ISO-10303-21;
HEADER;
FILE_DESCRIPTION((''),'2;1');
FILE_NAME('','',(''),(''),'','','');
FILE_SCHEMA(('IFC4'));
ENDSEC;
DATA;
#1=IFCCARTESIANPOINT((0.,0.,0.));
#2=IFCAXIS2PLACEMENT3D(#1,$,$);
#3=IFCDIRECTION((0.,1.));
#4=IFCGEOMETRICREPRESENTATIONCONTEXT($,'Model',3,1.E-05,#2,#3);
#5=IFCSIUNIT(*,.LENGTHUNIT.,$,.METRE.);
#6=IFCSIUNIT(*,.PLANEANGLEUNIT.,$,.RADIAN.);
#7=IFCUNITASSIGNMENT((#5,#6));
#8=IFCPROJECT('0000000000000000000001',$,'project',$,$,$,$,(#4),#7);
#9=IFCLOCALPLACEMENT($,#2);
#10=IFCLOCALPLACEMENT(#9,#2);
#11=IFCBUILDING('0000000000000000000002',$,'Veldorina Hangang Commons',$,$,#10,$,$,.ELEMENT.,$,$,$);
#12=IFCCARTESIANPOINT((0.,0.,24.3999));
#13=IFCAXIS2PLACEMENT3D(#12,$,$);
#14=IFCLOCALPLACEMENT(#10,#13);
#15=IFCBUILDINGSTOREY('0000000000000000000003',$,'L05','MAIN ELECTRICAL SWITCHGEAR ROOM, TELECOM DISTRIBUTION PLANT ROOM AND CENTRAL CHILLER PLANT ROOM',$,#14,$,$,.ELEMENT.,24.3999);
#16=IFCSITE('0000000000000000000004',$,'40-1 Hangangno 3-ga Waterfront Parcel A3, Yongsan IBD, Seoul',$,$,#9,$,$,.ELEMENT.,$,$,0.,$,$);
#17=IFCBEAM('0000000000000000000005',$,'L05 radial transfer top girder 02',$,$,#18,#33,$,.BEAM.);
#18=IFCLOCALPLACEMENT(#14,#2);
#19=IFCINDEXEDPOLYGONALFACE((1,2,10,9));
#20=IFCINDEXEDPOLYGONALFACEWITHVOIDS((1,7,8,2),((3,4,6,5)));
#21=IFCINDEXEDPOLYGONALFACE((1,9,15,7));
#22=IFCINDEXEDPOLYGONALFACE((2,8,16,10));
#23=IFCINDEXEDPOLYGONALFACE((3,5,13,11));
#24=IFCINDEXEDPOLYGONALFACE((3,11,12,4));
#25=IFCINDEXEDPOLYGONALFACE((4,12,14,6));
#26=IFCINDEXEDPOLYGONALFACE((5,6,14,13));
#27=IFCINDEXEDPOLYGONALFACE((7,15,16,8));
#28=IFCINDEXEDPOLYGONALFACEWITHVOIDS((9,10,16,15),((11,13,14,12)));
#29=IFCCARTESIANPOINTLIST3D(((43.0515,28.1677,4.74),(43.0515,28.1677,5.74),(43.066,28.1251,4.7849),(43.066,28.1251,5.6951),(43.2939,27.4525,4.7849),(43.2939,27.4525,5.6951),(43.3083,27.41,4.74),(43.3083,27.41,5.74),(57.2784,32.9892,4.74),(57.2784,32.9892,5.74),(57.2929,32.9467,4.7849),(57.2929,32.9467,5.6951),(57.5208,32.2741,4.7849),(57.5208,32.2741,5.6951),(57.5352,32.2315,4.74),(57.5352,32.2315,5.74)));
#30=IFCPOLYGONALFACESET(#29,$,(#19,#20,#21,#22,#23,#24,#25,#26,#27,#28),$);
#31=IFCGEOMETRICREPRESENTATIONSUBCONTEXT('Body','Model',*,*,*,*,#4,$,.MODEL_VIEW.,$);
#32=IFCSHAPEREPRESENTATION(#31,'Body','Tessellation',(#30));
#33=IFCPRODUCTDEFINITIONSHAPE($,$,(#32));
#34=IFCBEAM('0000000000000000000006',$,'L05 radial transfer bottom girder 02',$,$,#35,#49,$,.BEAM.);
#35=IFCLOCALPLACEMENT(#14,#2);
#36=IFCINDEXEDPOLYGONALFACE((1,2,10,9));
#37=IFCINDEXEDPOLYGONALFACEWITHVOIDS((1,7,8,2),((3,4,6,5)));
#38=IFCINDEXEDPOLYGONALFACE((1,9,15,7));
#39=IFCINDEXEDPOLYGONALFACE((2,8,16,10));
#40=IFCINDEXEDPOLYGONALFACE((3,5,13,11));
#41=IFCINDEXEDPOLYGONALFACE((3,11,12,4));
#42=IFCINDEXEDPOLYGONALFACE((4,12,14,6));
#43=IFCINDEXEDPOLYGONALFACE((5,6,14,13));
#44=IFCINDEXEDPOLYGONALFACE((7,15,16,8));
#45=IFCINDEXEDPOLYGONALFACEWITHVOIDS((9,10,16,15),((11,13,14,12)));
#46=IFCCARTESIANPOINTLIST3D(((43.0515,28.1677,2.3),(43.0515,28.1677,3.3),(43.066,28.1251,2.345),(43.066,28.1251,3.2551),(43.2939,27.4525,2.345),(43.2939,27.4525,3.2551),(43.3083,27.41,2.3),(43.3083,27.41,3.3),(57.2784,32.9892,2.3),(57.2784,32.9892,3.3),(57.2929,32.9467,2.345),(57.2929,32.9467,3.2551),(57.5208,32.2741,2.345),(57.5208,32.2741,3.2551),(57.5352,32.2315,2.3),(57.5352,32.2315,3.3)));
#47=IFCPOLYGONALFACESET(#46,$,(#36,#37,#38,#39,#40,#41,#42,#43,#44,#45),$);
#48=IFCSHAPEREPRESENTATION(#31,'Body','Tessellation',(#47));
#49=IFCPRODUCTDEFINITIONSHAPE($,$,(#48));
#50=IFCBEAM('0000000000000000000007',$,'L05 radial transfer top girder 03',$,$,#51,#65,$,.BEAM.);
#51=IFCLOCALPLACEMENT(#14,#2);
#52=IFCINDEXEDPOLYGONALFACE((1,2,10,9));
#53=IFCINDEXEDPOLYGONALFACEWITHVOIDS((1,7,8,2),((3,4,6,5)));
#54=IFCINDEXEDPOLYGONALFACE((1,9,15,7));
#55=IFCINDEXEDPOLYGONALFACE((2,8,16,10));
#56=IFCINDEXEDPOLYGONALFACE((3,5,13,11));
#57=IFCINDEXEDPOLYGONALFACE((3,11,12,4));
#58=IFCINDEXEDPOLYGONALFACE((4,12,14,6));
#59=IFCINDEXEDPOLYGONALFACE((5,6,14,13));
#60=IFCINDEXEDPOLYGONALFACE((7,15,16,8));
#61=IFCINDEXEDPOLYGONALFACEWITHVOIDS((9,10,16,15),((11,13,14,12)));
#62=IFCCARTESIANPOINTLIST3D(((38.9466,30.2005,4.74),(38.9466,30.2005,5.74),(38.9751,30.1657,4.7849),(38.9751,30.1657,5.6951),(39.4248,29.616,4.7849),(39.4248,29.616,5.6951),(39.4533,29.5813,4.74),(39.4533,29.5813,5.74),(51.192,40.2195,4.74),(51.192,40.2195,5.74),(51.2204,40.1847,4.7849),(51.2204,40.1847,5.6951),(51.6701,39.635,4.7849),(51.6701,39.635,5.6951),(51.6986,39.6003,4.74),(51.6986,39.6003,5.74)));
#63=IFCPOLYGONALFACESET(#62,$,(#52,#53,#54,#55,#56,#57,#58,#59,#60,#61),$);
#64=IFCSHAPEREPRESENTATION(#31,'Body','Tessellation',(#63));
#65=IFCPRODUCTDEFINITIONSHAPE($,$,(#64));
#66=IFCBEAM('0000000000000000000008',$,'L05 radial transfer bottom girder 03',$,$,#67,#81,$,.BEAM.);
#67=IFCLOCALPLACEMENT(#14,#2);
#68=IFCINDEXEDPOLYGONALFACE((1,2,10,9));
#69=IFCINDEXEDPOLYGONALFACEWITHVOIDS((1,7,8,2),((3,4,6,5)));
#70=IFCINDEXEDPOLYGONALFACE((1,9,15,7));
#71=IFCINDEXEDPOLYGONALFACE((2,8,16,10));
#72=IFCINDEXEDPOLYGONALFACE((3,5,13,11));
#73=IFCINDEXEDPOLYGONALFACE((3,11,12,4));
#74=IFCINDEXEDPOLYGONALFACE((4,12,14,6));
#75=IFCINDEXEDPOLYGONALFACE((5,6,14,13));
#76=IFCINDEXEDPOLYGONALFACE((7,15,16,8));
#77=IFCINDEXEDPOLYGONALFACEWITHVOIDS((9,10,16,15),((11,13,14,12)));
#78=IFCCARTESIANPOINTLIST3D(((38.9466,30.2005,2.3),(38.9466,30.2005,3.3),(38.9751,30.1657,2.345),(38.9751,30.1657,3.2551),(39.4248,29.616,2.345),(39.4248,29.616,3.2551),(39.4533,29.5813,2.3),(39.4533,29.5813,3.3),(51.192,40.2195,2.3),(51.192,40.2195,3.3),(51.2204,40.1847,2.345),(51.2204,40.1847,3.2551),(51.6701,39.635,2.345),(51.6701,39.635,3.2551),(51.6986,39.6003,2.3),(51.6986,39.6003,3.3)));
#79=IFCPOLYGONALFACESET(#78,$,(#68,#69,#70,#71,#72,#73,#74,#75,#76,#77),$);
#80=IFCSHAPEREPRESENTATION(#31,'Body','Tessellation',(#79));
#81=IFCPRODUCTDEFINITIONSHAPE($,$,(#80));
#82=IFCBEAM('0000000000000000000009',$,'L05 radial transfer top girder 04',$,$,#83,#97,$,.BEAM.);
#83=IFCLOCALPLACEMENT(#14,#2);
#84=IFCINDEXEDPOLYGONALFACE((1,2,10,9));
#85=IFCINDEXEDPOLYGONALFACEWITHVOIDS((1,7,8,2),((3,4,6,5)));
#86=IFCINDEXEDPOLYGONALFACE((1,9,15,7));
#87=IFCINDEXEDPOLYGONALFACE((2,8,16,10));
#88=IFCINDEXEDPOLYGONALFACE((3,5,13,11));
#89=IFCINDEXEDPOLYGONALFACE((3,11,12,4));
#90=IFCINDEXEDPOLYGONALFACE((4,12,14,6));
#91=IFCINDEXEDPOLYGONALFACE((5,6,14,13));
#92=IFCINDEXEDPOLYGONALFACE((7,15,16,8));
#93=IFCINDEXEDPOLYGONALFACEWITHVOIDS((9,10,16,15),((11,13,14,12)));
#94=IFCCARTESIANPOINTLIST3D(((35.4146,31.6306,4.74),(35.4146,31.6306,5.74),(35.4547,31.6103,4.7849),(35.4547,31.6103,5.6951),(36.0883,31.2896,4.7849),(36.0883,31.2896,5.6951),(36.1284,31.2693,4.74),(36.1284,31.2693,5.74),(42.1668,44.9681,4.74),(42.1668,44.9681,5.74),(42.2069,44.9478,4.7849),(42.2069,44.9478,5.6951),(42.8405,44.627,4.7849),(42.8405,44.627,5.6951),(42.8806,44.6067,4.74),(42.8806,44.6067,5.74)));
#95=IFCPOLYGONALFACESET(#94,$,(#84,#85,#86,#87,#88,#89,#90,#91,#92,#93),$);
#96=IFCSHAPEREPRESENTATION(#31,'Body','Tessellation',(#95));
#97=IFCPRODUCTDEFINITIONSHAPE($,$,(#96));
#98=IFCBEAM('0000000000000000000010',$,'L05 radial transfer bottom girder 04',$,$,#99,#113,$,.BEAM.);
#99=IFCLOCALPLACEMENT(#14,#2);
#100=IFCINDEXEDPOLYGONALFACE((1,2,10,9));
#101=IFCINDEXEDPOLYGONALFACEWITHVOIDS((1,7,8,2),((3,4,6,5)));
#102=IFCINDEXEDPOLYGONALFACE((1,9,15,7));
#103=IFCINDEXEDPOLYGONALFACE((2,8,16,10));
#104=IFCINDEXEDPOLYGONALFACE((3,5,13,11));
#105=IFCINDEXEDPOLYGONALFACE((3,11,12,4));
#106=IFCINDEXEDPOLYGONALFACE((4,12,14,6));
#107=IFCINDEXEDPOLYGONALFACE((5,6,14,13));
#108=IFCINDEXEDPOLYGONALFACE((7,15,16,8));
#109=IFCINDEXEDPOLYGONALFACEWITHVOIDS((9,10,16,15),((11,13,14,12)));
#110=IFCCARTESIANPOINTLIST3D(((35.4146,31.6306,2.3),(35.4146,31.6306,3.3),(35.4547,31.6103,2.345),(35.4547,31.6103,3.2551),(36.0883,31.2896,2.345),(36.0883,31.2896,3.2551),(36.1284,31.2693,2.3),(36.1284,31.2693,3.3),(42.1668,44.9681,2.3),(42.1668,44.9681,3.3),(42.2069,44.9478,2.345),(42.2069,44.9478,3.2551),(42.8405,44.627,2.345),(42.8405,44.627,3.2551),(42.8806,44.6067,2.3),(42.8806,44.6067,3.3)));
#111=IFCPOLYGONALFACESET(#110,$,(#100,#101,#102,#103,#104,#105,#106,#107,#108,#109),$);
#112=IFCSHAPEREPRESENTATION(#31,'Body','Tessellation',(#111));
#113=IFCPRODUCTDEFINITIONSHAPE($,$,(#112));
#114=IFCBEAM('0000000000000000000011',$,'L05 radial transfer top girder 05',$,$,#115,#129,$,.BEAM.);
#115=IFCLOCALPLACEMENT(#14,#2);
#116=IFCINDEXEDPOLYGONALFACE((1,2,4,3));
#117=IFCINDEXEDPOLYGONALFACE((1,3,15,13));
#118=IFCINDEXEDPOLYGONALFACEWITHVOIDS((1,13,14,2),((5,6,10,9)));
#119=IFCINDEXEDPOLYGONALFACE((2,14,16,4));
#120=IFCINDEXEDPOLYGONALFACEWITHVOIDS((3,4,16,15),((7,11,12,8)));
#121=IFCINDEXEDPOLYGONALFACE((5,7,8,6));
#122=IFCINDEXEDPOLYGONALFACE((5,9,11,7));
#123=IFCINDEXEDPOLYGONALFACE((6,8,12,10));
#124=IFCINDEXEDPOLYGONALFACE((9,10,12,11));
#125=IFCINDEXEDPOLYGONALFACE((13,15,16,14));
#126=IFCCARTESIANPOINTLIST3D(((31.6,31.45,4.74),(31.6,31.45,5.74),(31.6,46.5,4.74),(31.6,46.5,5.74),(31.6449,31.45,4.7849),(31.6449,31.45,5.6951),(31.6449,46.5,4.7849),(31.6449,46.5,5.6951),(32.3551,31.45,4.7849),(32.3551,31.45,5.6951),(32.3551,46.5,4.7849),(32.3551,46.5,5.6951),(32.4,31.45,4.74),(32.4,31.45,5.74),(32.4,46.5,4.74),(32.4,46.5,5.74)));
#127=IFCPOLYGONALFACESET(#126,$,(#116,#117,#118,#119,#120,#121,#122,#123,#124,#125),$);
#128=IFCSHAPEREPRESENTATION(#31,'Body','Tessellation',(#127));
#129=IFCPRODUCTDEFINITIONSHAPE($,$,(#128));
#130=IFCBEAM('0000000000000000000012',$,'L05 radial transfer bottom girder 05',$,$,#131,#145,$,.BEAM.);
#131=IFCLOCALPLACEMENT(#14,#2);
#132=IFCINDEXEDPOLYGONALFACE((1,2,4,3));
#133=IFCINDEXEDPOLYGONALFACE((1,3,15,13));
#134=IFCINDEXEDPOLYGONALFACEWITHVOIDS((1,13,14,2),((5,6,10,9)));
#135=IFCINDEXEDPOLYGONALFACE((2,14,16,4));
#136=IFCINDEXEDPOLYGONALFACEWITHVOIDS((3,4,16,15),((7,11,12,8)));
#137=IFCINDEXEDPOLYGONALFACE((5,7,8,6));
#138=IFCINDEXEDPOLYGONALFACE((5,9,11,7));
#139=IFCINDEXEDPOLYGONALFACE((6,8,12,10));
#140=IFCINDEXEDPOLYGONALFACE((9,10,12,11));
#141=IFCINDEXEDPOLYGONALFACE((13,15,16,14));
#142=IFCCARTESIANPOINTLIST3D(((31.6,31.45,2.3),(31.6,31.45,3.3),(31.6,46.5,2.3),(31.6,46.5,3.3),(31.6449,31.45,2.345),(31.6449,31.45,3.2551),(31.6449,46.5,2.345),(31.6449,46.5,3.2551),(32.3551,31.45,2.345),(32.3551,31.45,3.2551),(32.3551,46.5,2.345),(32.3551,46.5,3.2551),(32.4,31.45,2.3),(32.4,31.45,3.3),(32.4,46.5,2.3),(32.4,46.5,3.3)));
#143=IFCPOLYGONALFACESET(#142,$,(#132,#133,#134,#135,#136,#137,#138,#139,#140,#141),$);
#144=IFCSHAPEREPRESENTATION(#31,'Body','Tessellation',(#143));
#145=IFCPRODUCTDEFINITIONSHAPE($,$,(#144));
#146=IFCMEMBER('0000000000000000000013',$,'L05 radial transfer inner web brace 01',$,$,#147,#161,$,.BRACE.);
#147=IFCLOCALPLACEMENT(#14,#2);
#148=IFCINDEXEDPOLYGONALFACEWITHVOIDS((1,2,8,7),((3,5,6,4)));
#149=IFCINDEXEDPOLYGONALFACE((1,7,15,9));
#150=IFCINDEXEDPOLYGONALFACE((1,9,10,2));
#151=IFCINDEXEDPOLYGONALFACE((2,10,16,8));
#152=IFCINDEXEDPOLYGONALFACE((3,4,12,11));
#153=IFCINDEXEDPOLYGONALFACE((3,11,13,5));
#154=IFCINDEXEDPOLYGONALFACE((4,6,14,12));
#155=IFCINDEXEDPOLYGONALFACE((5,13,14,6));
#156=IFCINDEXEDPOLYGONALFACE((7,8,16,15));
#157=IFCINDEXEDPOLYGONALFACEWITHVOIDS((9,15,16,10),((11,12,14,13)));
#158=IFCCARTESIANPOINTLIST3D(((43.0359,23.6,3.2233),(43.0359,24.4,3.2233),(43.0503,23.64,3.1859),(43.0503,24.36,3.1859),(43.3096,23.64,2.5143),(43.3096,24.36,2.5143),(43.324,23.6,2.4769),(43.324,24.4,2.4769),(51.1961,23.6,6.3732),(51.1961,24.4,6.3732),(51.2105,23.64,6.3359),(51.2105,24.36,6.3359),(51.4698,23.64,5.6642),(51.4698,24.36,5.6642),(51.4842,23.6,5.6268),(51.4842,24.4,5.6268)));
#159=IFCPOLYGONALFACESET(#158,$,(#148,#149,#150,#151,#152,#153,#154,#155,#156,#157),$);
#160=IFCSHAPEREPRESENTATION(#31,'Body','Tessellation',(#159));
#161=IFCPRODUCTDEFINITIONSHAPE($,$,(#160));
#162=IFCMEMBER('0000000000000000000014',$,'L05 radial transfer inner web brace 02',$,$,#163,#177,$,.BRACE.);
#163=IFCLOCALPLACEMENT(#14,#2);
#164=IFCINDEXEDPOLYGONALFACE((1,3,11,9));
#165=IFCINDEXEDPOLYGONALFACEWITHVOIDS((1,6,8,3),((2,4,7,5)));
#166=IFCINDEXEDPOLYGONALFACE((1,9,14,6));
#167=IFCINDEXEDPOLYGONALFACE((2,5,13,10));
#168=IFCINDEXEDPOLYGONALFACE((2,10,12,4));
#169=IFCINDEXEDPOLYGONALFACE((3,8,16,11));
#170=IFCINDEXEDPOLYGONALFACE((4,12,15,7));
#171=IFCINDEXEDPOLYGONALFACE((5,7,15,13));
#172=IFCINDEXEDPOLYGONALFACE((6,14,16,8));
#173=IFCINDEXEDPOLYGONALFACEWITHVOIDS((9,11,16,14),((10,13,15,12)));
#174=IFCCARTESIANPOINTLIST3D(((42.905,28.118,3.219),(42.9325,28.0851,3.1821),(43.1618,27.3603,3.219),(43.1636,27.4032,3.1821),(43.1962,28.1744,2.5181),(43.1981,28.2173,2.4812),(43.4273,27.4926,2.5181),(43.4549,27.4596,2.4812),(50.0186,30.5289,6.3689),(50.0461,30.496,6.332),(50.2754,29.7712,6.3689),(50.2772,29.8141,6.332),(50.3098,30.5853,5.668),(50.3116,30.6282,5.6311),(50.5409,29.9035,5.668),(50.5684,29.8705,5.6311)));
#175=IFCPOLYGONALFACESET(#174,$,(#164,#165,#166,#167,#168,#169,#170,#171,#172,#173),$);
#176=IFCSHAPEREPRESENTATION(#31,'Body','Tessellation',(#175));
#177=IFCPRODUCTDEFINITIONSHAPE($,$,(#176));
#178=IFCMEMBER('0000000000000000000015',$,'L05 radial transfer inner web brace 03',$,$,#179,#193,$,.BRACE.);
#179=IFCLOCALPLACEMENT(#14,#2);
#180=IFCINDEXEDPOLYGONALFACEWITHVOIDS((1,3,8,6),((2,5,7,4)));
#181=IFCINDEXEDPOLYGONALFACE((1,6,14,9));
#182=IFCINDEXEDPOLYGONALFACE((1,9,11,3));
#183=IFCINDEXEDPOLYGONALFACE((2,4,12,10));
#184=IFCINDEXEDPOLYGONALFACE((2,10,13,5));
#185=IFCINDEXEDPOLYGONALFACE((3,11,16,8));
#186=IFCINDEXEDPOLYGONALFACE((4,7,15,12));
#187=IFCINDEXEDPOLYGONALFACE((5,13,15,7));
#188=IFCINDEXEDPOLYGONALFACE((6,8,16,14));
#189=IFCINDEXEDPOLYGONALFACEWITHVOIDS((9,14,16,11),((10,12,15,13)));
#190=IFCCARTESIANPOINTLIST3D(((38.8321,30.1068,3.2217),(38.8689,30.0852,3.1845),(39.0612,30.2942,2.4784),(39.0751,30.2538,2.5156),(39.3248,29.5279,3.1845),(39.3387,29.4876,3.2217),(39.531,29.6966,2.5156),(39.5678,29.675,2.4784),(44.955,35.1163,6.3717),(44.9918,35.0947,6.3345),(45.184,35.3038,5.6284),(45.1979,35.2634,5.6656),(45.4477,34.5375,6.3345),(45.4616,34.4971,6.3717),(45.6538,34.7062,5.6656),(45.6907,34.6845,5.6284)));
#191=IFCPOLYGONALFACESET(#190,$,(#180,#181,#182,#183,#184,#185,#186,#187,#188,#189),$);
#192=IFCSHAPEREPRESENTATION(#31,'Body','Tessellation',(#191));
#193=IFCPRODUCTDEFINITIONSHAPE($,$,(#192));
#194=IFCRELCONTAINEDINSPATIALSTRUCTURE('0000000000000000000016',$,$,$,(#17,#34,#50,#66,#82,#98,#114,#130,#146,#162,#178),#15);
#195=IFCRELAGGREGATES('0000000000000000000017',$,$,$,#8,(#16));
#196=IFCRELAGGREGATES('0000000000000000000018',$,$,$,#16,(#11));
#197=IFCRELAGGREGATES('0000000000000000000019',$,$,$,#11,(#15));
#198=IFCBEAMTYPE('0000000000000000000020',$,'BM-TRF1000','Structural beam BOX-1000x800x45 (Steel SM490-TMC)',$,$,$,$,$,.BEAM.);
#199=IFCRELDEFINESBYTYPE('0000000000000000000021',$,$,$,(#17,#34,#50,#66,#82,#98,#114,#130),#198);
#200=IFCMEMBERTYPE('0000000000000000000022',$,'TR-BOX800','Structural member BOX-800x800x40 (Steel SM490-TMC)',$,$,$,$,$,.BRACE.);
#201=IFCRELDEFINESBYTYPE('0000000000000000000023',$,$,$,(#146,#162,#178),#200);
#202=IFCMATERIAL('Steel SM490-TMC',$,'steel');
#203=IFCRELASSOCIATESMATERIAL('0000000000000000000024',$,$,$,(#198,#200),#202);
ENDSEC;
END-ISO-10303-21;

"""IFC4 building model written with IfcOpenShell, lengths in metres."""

from ifc_helpers import new_model, si_unit, direction, frame, origin, origin_2d, place, context, subcontext, project, spatial, hollow_rectangle, extrude, material, material_profile, profile_set, type_object, element, save


model = new_model("IFC4")

# Units and contexts
model_context = context("Model", 3, precision=1e-05, world=origin(), true_north=direction((0.0, 1.0)))
body_context = subcontext(model_context, "Body", "Model", "MODEL_VIEW")
ifc_project = project(units=[si_unit("LENGTHUNIT", "METRE"), si_unit("PLANEANGLEUNIT", "RADIAN")], contexts=[model_context])

# Site, building, storey
site_placement = place(None, origin())
site = spatial("IfcSite", under=ifc_project, at=site_placement, Name="40-1 Hangangno 3-ga Waterfront Parcel A3, Yongsan IBD, Seoul", CompositionType="ELEMENT", RefElevation=0.0)
building_placement = place(site_placement, origin())
building = spatial("IfcBuilding", under=site, at=building_placement, Name="Veldorina Hangang Commons", CompositionType="ELEMENT")
storey_placement = place(building_placement, frame((0.0, 0.0, 24.3999)))
storey = spatial("IfcBuildingStorey", under=building, at=storey_placement, Name="L05", Description="MAIN ELECTRICAL SWITCHGEAR ROOM, TELECOM DISTRIBUTION PLANT ROOM AND CENTRAL CHILLER PLANT ROOM", CompositionType="ELEMENT", Elevation=24.3999)

# Beams
ifc_material_1 = material(Name="Steel SM490-TMC", Category="steel")
ifc_material_profile_1 = material_profile(ifc_material_1, hollow_rectangle(XDim=0.8, YDim=1.0, WallThickness=0.0449, at=origin_2d()), Name="BOX-1000x800x45")
ifc_profile_set_1 = profile_set([ifc_material_profile_1], Name="Steel SM490-TMC")
beam_type = type_object("IfcBeamType", Name="BM-TRF1000", Description="Structural beam BOX-1000x800x45 (Steel SM490-TMC)", PredefinedType="BEAM", material=ifc_profile_set_1)
for number, where, z_axis, x_axis, name in (
    (1, (43.1799, 27.7888, 5.24), (0.947088, 0.320973, 0.0), (-0.320973, 0.947088, 0.0), "L05 radial transfer top girder 02"),
    (2, (43.1799, 27.7888, 2.8), (0.947088, 0.320973, 0.0), (-0.320973, 0.947088, 0.0), "L05 radial transfer bottom girder 02"),
):
    element("IfcBeam", number, at=place(storey_placement, frame(where, z_axis=z_axis, x_axis=x_axis)), inside=storey, type_object=beam_type, Name=name, PredefinedType="BEAM", context=body_context, shape_type="SweptSolid", body=[
        extrude(hollow_rectangle(XDim=0.8, YDim=1.0, WallThickness=0.0449, at=origin_2d()), origin(), (0.0, 0.0, 1.0), 15.0217),
    ])
for number, where, z_axis, x_axis, name in (
    (3, (39.2, 29.8909, 5.24), (0.773954, 0.633242, 0.0), (-0.633242, 0.773954, 0.0), "L05 radial transfer top girder 03"),
    (4, (39.2, 29.8909, 2.8), (0.773954, 0.633242, 0.0), (-0.633242, 0.773954, 0.0), "L05 radial transfer bottom girder 03"),
):
    element("IfcBeam", number, at=place(storey_placement, frame(where, z_axis=z_axis, x_axis=x_axis)), inside=storey, type_object=beam_type, Name=name, PredefinedType="BEAM", context=body_context, shape_type="SweptSolid", body=[
        extrude(hollow_rectangle(XDim=0.8, YDim=1.0, WallThickness=0.0449, at=origin_2d()), origin(), (0.0, 0.0, 1.0), 15.8218),
    ])
for number, where, z_axis, x_axis, name in (
    (5, (35.7715, 31.45, 5.24), (0.451676, 0.892182, 0.0), (-0.892182, 0.451676, 0.0), "L05 radial transfer top girder 04"),
    (6, (35.7715, 31.45, 2.8), (0.451676, 0.892182, 0.0), (-0.892182, 0.451676, 0.0), "L05 radial transfer bottom girder 04"),
):
    element("IfcBeam", number, at=place(storey_placement, frame(where, z_axis=z_axis, x_axis=x_axis)), inside=storey, type_object=beam_type, Name=name, PredefinedType="BEAM", context=body_context, shape_type="SweptSolid", body=[
        extrude(hollow_rectangle(XDim=0.8, YDim=1.0, WallThickness=0.0449, at=origin_2d()), origin(), (0.0, 0.0, 1.0), 14.9492),
    ])
for number, where, z_axis, x_axis, name in (
    (7, (32.0, 31.45, 5.24), (0.0, 1.0, 0.0), (-1.0, 0.0, 0.0), "L05 radial transfer top girder 05"),
    (8, (32.0, 31.45, 2.8), (0.0, 1.0, 0.0), (-1.0, 0.0, 0.0), "L05 radial transfer bottom girder 05"),
):
    element("IfcBeam", number, at=place(storey_placement, frame(where, z_axis=z_axis, x_axis=x_axis)), inside=storey, type_object=beam_type, Name=name, PredefinedType="BEAM", context=body_context, shape_type="SweptSolid", body=[
        extrude(hollow_rectangle(XDim=0.8, YDim=1.0, WallThickness=0.0449, at=origin_2d()), origin(), (0.0, 0.0, 1.0), 15.05),
    ])

# Members
ifc_material_profile_2 = material_profile(ifc_material_1, hollow_rectangle(XDim=0.8, YDim=0.8, WallThickness=0.04, at=origin_2d()), Name="BOX-800x800x40")
ifc_profile_set_2 = profile_set([ifc_material_profile_2], Name="Steel SM490-TMC")
member_type = type_object("IfcMemberType", Name="TR-BOX800", Description="Structural member BOX-800x800x40 (Steel SM490-TMC)", PredefinedType="BRACE", material=ifc_profile_set_2)
member_1_placement = place(storey_placement, frame((43.1799, 24.0, 2.8501), z_axis=(0.932909, 0.0, 0.360112), x_axis=(0.0, 1.0, 0.0)))
element("IfcMember", 9, at=member_1_placement, inside=storey, type_object=member_type, Name="L05 radial transfer inner web brace 01", PredefinedType="BRACE", context=body_context, shape_type="SweptSolid", body=[
    extrude(hollow_rectangle(XDim=0.8, YDim=0.8, WallThickness=0.04, at=origin_2d()), origin(), (0.0, 0.0, 1.0), 8.7471),
])
member_2_placement = place(storey_placement, frame((43.1799, 27.7888, 2.8501), z_axis=(0.873391, 0.296006, 0.386741), x_axis=(-0.320982, 0.947085, 0.0)))
element("IfcMember", 10, at=member_2_placement, inside=storey, type_object=member_type, Name="L05 radial transfer inner web brace 02", PredefinedType="BRACE", context=body_context, shape_type="SweptSolid", body=[
    extrude(hollow_rectangle(XDim=0.8, YDim=0.8, WallThickness=0.04, at=origin_2d()), origin(), (0.0, 0.0, 1.0), 8.1448),
])
member_3_placement = place(storey_placement, frame((39.2, 29.8909, 2.8501), z_axis=(0.719057, 0.588315, 0.369922), x_axis=(-0.633234, 0.77396, 0.0)))
element("IfcMember", 11, at=member_3_placement, inside=storey, type_object=member_type, Name="L05 radial transfer inner web brace 03", PredefinedType="BRACE", context=body_context, shape_type="SweptSolid", body=[
    extrude(hollow_rectangle(XDim=0.8, YDim=0.8, WallThickness=0.04, at=origin_2d()), origin(), (0.0, 0.0, 1.0), 8.5151),
])

save(model, "model.ifc")
